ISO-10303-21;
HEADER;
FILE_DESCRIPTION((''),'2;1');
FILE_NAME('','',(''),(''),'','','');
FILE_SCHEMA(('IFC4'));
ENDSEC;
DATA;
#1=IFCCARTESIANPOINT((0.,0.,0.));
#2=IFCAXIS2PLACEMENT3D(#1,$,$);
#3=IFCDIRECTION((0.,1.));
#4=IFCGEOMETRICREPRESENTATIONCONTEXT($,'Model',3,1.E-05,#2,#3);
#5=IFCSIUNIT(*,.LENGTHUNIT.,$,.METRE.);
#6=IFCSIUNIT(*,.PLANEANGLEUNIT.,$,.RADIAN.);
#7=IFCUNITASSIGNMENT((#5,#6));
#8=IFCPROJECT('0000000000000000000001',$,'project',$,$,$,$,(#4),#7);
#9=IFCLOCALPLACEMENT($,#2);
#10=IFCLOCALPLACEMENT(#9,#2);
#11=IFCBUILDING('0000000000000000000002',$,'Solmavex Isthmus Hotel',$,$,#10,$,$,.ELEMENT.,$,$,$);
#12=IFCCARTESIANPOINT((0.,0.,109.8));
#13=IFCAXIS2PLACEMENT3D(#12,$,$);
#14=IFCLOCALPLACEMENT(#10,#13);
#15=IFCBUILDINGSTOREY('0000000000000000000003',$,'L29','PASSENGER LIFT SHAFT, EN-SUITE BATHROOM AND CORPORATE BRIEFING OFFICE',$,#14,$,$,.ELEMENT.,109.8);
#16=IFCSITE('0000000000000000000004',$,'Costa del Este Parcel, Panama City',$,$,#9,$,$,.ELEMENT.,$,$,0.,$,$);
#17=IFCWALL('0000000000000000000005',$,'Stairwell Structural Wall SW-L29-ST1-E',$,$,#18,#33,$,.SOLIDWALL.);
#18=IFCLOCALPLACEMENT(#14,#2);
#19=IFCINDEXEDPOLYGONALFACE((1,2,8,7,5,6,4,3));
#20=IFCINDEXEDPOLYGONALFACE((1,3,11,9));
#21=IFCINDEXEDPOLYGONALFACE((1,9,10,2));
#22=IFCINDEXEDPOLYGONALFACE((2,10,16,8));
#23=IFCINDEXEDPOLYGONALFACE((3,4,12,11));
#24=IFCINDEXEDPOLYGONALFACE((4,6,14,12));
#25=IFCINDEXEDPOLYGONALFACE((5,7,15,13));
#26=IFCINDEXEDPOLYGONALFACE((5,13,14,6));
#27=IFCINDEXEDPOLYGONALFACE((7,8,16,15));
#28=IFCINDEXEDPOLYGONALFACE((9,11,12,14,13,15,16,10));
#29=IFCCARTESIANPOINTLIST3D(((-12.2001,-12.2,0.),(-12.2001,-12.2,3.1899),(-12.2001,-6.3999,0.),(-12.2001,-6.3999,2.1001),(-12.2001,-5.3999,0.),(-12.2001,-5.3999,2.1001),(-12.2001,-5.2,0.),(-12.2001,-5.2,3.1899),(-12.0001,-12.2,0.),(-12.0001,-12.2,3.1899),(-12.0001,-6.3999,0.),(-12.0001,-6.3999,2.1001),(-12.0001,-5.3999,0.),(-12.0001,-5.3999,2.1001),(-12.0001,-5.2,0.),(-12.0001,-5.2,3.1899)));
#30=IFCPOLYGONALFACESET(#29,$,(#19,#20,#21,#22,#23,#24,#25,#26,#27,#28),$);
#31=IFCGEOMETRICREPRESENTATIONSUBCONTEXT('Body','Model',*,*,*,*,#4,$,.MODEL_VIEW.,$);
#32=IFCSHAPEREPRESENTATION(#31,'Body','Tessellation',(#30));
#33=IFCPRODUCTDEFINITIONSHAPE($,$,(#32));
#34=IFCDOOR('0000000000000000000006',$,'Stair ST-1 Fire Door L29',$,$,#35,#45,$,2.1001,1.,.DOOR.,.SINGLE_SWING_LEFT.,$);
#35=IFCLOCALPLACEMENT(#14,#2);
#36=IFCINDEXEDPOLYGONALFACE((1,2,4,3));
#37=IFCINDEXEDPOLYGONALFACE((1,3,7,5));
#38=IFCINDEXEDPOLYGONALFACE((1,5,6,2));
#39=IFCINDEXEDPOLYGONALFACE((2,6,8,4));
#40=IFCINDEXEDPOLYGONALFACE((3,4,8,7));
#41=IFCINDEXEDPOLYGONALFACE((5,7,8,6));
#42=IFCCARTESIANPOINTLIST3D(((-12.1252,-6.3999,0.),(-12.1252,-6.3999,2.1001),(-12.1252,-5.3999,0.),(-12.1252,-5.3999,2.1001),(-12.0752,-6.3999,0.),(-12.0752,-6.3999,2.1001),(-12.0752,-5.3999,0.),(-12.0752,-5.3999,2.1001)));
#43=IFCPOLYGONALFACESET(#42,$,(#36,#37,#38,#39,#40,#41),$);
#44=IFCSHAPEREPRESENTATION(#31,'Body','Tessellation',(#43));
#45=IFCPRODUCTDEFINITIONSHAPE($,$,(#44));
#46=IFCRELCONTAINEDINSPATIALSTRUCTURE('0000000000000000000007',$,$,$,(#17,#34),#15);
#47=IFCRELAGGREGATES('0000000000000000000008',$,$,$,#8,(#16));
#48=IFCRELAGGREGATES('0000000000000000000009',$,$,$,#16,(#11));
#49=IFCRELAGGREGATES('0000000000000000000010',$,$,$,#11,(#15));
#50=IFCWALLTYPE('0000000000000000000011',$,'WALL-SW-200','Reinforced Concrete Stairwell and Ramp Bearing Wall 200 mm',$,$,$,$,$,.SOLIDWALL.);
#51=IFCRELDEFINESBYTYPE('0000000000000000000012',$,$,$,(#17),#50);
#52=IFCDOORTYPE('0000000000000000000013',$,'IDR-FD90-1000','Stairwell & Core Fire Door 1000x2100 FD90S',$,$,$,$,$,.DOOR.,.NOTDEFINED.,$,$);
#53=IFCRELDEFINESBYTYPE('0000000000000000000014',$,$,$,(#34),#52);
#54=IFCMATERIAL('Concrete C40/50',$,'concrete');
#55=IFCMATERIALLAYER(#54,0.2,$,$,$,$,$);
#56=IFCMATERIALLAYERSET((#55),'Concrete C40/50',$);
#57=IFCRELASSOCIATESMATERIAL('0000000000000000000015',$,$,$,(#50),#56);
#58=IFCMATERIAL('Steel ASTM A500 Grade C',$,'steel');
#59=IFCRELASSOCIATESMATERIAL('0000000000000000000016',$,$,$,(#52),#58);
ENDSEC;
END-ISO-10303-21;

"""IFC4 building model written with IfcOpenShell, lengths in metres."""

from ifc_helpers import new_model, si_unit, direction, frame, frame_2d, origin, place, context, subcontext, project, spatial, rectangle, extrude, material, layer, layer_set, type_object, element, fill, save


model = new_model("IFC4")

# Units and contexts
model_context = context("Model", 3, precision=1e-05, world=origin(), true_north=direction((0.0, 1.0)))
body_context = subcontext(model_context, "Body", "Model", "MODEL_VIEW")
ifc_project = project(units=[si_unit("LENGTHUNIT", "METRE"), si_unit("PLANEANGLEUNIT", "RADIAN")], contexts=[model_context])

# Site, building, storey
site_placement = place(None, origin())
site = spatial("IfcSite", under=ifc_project, at=site_placement, Name="Costa del Este Parcel, Panama City", CompositionType="ELEMENT", RefElevation=0.0)
building_placement = place(site_placement, origin())
building = spatial("IfcBuilding", under=site, at=building_placement, Name="Solmavex Isthmus Hotel", CompositionType="ELEMENT")
storey_placement = place(building_placement, frame((0.0, 0.0, 109.8)))
storey = spatial("IfcBuildingStorey", under=building, at=storey_placement, Name="L29", Description="PASSENGER LIFT SHAFT, EN-SUITE BATHROOM AND CORPORATE BRIEFING OFFICE", CompositionType="ELEMENT", Elevation=109.8)

# Shared definitions
ifc_material_1 = material(Name="Concrete C40/50", Category="concrete")
ifc_layer_1 = layer(ifc_material_1, 0.2)
ifc_layer_set_1 = layer_set([ifc_layer_1], Name="Concrete C40/50")
wall_type_1 = type_object("IfcWallType", Name="WALL-SW-200", Description="Reinforced Concrete Stairwell and Ramp Bearing Wall 200 mm", PredefinedType="SOLIDWALL", material=ifc_layer_set_1)

# Wall, opening, door
wall_1_placement = place(storey_placement, frame((-12.1001, -12.2, 0.0), z_axis=(0.0, 0.0, 1.0), x_axis=(0.0, 1.0, 0.0)))
wall_1 = element("IfcWall", 1, at=wall_1_placement, inside=storey, type_object=wall_type_1, Name="Stairwell Structural Wall SW-L29-ST1-E", PredefinedType="SOLIDWALL", context=body_context, shape_type="SweptSolid", body=[
    extrude(rectangle(XDim=7.0, YDim=0.2, at=frame_2d((3.5, 0.0))), origin(), (0.0, 0.0, 1.0), 3.1899),
])
opening_1_placement = place(wall_1_placement, frame((5.8, 0.0, 0.0)))
opening_1 = element("IfcOpeningElement", 2, at=opening_1_placement, cuts=wall_1, PredefinedType="OPENING", context=body_context, shape_type="SweptSolid", body=[
    extrude(rectangle(XDim=1.0, YDim=2.1001, at=frame_2d((0.5, 1.05))), frame((0.0, 0.1099, 0.0), z_axis=(0.0, -1.0, 0.0), x_axis=(1.0, 0.0, 0.0)), (0.0, 0.0, 1.0), 0.22),
])
ifc_material_2 = material(Name="Steel ASTM A500 Grade C", Category="steel")
door_type = type_object("IfcDoorType", Name="IDR-FD90-1000", Description="Stairwell & Core Fire Door 1000x2100 FD90S", OperationType="NOTDEFINED", PredefinedType="DOOR", material=ifc_material_2)
door_placement = place(opening_1_placement, frame((1.0, 0.0, 0.0), z_axis=(0.0, 0.0, 1.0), x_axis=(-1.0, 0.0, 0.0)))
door = element("IfcDoor", 3, at=door_placement, inside=storey, type_object=door_type, Name="Stair ST-1 Fire Door L29", OperationType="SINGLE_SWING_LEFT", OverallHeight=2.1001, OverallWidth=1.0, PredefinedType="DOOR", context=body_context, shape_type="SweptSolid", body=[
    extrude(rectangle(XDim=1.0, YDim=2.1001, at=frame_2d((0.5, 1.05))), frame((0.0, 0.0249, 0.0), z_axis=(0.0, -1.0, 0.0), x_axis=(1.0, 0.0, 0.0)), (0.0, 0.0, 1.0), 0.05),
])
fill(opening_1, door)

save(model, "model.ifc")
